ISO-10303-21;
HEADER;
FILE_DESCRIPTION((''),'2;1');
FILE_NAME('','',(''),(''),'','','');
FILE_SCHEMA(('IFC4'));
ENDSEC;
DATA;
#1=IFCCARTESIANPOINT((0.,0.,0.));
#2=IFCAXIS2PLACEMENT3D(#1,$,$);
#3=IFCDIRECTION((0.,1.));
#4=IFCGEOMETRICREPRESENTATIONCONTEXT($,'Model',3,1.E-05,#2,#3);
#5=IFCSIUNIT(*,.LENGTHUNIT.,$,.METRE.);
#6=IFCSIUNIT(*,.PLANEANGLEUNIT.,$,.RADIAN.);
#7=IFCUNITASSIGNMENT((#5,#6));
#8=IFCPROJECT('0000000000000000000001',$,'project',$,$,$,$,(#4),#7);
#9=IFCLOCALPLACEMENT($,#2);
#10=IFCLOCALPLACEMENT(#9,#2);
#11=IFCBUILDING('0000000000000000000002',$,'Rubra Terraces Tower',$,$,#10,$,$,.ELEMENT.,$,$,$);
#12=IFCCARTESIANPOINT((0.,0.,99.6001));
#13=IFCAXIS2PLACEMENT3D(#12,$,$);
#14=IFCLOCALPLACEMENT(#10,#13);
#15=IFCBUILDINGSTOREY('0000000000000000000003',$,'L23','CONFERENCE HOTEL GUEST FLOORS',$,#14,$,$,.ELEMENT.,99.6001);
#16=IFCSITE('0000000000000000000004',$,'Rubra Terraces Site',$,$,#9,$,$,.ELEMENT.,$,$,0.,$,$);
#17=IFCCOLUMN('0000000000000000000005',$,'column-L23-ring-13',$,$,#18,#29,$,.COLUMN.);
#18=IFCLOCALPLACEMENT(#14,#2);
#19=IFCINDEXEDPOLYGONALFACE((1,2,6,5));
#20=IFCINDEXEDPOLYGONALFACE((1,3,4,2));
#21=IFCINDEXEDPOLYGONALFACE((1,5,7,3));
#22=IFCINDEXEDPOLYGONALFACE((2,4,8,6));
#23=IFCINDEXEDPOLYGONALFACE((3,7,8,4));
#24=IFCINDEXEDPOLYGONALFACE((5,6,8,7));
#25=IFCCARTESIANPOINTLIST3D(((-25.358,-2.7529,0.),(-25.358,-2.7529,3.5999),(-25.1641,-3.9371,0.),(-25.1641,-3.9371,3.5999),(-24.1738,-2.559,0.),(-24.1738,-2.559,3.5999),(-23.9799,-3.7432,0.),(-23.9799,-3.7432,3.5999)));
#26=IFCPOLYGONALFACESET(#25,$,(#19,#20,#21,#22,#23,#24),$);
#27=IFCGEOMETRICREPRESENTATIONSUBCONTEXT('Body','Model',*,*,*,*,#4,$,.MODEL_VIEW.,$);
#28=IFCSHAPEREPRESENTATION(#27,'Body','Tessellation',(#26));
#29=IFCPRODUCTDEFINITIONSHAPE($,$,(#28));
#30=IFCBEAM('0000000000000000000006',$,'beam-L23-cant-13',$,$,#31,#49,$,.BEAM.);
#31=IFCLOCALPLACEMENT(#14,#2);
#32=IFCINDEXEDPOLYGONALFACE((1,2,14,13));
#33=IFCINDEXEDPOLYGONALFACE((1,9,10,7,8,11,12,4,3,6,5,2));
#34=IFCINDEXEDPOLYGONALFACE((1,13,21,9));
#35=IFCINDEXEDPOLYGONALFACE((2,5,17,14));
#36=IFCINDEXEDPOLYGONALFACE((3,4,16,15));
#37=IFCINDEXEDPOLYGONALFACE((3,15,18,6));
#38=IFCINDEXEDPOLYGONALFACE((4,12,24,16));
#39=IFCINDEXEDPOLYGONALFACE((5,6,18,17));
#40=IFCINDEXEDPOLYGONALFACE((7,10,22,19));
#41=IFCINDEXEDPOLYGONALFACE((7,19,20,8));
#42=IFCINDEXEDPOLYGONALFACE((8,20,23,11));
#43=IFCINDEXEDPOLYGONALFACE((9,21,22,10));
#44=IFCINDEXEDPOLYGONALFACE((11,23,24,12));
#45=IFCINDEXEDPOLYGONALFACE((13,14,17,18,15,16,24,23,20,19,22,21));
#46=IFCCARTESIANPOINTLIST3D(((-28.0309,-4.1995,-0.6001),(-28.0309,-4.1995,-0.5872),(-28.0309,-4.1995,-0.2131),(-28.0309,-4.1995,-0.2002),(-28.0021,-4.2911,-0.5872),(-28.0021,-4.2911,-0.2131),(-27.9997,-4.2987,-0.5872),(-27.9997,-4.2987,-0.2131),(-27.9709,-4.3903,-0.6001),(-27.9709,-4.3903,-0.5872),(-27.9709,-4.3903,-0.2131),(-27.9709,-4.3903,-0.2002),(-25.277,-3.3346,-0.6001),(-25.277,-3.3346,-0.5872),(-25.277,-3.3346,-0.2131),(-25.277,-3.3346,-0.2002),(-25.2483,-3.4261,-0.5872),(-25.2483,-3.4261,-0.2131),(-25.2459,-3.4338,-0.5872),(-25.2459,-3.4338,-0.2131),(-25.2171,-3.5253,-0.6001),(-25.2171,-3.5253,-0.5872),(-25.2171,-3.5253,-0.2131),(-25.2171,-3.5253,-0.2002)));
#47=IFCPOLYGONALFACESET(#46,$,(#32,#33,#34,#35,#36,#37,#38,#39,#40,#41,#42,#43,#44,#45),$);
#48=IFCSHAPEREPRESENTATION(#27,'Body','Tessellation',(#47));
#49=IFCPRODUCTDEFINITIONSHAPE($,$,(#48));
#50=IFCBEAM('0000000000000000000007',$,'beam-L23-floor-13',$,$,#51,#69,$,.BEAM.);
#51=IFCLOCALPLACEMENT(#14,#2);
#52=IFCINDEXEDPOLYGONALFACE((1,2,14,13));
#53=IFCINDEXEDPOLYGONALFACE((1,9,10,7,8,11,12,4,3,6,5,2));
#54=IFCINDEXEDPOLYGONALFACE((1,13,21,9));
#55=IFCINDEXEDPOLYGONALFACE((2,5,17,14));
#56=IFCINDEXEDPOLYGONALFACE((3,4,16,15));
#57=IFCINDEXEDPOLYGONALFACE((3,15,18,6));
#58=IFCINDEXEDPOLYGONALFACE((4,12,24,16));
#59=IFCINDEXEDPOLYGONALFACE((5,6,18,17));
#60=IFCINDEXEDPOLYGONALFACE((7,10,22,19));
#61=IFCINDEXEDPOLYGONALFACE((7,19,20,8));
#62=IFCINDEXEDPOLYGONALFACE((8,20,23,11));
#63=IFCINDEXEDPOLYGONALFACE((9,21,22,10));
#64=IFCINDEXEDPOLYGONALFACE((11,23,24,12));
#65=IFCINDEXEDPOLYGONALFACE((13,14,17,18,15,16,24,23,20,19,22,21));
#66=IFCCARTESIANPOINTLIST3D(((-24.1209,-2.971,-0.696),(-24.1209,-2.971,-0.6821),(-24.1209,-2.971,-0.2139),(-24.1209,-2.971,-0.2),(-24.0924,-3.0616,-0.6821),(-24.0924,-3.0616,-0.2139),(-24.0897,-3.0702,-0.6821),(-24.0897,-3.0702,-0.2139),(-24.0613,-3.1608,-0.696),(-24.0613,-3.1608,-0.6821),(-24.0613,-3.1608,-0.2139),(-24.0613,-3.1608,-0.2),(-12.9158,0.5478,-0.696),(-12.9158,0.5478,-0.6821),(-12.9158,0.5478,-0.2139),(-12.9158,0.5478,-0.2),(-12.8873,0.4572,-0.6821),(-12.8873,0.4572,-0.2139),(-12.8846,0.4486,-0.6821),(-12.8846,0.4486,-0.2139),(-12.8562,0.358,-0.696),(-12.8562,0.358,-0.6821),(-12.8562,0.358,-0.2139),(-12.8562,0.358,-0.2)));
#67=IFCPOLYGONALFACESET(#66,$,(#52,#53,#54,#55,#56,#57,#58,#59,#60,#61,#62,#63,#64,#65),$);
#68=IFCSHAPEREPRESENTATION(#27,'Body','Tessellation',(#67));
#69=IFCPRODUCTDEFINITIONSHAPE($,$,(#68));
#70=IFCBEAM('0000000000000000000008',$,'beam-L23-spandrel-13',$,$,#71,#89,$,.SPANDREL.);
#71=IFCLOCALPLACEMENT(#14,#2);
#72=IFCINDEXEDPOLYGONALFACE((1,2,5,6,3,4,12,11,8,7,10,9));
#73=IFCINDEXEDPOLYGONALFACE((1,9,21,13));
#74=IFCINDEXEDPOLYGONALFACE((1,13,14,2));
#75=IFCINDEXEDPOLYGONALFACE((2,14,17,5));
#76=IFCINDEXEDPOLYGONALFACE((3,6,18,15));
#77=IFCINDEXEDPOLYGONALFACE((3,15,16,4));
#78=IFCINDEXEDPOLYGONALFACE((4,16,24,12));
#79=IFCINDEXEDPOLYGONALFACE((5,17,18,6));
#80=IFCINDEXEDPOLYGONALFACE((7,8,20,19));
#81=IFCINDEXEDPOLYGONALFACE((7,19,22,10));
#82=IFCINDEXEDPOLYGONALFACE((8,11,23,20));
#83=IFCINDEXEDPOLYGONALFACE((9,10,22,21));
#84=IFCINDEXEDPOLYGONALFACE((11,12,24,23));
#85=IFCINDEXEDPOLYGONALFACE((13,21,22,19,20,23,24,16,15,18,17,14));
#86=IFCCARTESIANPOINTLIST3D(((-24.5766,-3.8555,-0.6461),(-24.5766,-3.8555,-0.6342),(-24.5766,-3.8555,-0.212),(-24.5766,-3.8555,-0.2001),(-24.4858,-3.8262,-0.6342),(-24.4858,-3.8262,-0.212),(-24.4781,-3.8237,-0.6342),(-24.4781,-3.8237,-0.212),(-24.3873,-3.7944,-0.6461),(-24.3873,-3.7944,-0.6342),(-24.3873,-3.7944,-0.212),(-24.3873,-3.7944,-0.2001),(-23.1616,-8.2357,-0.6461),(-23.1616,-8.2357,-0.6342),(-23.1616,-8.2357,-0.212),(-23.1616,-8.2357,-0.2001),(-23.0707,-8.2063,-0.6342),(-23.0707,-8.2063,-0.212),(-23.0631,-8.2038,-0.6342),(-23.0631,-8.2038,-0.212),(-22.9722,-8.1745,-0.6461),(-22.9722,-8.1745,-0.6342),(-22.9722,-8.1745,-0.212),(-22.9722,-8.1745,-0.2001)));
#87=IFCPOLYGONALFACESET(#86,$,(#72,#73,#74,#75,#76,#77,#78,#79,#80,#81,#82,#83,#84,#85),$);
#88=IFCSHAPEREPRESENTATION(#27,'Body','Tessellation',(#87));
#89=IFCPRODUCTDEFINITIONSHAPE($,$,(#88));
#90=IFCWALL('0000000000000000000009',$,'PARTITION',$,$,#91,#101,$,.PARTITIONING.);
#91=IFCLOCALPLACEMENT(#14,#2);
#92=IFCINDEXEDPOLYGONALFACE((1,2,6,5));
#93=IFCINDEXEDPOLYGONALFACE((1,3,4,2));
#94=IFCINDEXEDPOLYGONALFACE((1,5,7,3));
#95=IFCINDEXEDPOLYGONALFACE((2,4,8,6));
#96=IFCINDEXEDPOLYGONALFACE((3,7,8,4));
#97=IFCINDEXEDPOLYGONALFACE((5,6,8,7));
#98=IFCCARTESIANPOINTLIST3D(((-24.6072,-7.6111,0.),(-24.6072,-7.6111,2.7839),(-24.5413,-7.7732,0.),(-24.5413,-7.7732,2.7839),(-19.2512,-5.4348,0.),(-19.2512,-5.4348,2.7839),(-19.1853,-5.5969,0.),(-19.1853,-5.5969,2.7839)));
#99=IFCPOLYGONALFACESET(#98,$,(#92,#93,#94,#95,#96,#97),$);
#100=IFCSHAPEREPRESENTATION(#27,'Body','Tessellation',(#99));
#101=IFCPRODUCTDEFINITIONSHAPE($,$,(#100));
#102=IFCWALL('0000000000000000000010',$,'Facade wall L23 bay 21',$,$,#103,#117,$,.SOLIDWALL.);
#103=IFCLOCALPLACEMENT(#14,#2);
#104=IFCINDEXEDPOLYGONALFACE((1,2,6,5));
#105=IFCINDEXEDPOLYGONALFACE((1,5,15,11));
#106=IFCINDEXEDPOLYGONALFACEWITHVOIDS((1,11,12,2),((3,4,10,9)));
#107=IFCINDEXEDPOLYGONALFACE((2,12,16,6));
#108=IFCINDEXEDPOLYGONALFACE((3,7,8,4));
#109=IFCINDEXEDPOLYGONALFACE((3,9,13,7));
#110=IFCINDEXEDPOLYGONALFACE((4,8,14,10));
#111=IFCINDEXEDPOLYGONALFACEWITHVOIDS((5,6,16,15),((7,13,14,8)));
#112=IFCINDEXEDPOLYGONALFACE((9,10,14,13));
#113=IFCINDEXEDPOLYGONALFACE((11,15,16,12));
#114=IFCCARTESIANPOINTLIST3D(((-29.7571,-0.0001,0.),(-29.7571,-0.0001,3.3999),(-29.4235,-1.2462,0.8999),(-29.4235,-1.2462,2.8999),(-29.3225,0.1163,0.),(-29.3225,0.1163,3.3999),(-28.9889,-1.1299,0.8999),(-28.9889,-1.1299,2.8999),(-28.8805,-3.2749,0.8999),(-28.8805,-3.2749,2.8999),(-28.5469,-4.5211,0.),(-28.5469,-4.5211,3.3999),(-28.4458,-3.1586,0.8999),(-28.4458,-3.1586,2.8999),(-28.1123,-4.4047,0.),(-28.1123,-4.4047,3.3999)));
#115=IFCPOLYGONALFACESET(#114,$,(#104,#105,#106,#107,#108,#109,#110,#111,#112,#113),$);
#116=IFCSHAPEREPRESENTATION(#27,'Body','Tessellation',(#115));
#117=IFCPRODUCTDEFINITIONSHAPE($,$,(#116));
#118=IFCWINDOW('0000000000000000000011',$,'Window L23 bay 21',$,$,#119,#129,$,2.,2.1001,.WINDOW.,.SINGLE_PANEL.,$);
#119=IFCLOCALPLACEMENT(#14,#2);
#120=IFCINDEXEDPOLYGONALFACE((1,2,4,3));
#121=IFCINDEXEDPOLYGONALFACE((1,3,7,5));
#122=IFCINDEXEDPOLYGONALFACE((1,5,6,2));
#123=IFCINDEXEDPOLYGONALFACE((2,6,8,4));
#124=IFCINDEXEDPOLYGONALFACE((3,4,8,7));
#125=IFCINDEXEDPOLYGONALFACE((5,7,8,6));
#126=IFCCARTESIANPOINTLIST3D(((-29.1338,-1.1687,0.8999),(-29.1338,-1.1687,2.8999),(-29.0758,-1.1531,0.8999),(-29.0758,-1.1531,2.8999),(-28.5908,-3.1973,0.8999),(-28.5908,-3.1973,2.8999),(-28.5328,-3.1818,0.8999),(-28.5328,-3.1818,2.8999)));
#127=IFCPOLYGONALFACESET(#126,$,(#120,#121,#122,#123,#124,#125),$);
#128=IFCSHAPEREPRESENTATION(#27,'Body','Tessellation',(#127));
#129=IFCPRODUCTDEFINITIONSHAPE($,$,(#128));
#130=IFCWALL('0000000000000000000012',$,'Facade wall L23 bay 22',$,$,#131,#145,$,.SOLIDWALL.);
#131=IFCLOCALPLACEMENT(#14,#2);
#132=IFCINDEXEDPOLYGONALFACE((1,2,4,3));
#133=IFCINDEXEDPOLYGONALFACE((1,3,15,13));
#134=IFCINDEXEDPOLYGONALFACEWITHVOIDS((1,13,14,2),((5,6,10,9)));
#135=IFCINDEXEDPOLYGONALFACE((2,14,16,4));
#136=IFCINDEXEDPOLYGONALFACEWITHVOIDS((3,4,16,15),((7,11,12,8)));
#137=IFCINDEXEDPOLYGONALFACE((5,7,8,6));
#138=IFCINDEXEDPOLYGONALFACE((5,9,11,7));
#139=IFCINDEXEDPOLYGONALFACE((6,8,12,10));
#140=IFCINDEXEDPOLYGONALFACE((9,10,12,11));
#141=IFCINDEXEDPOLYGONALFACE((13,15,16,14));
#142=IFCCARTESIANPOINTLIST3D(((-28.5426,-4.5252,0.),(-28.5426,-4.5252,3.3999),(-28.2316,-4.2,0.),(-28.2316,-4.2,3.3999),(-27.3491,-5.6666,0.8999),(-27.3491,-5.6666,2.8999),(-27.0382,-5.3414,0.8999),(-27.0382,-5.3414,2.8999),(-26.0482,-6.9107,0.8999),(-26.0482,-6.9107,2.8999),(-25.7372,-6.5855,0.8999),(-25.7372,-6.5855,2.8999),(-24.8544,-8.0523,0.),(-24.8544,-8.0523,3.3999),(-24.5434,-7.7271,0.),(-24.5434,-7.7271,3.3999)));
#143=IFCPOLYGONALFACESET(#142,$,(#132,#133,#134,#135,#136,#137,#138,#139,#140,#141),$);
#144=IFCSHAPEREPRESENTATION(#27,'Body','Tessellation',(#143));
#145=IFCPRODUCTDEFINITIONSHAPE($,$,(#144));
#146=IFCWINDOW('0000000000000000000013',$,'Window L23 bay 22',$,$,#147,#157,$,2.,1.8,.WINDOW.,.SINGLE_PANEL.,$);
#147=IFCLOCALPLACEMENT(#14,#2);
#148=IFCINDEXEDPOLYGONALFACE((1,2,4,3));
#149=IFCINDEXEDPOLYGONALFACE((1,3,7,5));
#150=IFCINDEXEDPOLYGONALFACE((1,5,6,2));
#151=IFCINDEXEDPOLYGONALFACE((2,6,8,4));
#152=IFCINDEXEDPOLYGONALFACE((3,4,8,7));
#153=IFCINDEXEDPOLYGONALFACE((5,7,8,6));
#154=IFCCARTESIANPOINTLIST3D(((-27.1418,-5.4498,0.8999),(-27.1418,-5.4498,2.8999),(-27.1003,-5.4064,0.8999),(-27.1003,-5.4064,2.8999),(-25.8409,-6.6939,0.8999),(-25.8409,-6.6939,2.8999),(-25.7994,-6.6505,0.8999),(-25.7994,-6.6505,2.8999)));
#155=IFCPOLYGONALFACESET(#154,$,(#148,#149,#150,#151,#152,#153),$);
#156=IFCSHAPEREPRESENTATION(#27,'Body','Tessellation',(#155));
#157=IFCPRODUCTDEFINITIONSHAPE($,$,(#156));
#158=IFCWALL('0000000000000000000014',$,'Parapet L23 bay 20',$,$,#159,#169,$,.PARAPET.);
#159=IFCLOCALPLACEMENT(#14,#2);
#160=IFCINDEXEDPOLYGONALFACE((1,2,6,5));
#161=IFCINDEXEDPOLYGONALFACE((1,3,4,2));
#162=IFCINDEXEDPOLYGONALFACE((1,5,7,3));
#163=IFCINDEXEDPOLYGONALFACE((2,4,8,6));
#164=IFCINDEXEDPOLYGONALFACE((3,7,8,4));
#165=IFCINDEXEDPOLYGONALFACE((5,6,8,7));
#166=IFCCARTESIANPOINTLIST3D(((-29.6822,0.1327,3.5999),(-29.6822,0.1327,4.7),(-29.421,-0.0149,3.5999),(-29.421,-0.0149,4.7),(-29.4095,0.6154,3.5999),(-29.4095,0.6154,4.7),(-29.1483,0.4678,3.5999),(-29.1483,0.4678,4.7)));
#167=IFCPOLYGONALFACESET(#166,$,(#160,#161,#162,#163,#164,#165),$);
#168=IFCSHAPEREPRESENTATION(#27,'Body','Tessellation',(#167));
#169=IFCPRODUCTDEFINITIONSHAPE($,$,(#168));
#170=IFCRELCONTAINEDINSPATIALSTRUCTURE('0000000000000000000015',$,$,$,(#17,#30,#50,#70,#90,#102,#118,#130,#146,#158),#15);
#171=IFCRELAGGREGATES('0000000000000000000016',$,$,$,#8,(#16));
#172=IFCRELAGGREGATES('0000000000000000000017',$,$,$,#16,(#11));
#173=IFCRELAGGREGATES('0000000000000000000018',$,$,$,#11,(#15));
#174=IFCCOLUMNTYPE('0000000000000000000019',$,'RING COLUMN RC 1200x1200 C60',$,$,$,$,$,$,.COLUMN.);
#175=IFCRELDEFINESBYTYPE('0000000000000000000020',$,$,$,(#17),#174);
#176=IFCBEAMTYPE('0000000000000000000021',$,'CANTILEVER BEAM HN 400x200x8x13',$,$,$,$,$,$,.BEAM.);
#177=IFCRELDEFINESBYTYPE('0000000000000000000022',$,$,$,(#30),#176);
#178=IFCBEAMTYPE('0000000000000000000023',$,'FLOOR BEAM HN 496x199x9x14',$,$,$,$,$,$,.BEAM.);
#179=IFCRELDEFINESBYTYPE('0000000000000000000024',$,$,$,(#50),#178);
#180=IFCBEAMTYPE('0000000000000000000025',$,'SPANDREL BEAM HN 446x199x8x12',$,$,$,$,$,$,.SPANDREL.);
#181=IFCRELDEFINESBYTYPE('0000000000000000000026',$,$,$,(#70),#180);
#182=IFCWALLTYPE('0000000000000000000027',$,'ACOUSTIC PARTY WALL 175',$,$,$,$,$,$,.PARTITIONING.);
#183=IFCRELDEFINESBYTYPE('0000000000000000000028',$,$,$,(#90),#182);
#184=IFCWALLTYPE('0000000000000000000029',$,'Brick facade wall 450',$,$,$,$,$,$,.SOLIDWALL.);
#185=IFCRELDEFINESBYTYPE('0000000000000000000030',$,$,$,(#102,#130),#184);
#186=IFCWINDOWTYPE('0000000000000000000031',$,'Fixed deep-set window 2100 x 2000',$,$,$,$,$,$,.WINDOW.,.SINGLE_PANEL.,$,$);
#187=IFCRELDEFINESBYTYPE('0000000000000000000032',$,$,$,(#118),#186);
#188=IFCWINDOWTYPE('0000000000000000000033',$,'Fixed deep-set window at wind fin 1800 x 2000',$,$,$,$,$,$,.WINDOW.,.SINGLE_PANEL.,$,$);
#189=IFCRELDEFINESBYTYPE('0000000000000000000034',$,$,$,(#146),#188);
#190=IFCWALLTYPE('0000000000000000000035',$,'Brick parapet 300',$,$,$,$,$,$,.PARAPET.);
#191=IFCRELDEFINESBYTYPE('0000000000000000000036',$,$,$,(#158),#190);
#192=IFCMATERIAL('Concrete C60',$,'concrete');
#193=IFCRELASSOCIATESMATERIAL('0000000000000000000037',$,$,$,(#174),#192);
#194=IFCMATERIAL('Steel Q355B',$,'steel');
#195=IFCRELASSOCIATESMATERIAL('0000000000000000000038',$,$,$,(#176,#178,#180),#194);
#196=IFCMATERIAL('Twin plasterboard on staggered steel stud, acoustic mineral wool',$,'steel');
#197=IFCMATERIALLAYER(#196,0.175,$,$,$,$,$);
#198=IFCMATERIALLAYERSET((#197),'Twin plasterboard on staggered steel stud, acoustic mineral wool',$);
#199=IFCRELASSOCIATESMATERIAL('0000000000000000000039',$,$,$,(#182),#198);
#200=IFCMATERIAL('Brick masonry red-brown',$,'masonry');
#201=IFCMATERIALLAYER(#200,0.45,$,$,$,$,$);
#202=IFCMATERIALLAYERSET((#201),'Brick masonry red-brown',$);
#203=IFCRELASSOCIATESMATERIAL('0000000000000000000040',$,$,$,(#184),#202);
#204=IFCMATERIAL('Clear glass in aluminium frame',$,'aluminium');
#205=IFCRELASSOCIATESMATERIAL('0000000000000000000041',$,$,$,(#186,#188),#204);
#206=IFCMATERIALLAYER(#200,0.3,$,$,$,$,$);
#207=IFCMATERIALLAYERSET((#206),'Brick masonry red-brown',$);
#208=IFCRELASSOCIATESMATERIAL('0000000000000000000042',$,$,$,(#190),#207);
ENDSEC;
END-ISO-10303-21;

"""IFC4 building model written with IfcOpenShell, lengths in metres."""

from ifc_helpers import new_model, si_unit, direction, frame, frame_2d, origin, origin_2d, place, context, subcontext, project, spatial, rectangle, i_section, extrude, material, layer, layer_set, material_profile, profile_set, type_object, element, fill, save


model = new_model("IFC4")

# Units and contexts
model_context = context("Model", 3, precision=1e-05, world=origin(), true_north=direction((0.0, 1.0)))
body_context = subcontext(model_context, "Body", "Model", "MODEL_VIEW")
ifc_project = project(units=[si_unit("LENGTHUNIT", "METRE"), si_unit("PLANEANGLEUNIT", "RADIAN")], contexts=[model_context])

# Site, building, storey
site_placement = place(None, origin())
site = spatial("IfcSite", under=ifc_project, at=site_placement, Name="Rubra Terraces Site", CompositionType="ELEMENT", RefElevation=0.0)
building_placement = place(site_placement, origin())
building = spatial("IfcBuilding", under=site, at=building_placement, Name="Rubra Terraces Tower", CompositionType="ELEMENT")
storey_placement = place(building_placement, frame((0.0, 0.0, 99.6001)))
storey = spatial("IfcBuildingStorey", under=building, at=storey_placement, Name="L23", Description="CONFERENCE HOTEL GUEST FLOORS", CompositionType="ELEMENT", Elevation=99.6001)

# Column
ifc_material_1 = material(Name="Concrete C60", Category="concrete")
ifc_material_profile_1 = material_profile(ifc_material_1, rectangle(XDim=1.2, YDim=1.2, at=origin_2d()), Name="RC 1200x1200")
ifc_profile_set_1 = profile_set([ifc_material_profile_1], Name="Concrete C60")
column_type = type_object("IfcColumnType", Name="RING COLUMN RC 1200x1200 C60", PredefinedType="COLUMN", material=ifc_profile_set_1)
column_placement = place(storey_placement, frame((-24.6689, -3.248, 0.0), z_axis=(0.0, 0.0, 1.0), x_axis=(0.161559, -0.986863, 0.0)))
element("IfcColumn", 1, at=column_placement, inside=storey, type_object=column_type, Name="column-L23-ring-13", PredefinedType="COLUMN", context=body_context, shape_type="SweptSolid", body=[
    extrude(rectangle(XDim=1.2, YDim=1.2, at=origin_2d()), origin(), (0.0, 0.0, 1.0), 3.5999),
])

# Beams
ifc_material_2 = material(Name="Steel Q355B", Category="steel")
ifc_material_profile_2 = material_profile(ifc_material_2, i_section(OverallWidth=0.2, OverallDepth=0.3999, WebThickness=0.0081, FlangeThickness=0.0129, at=origin_2d()), Name="HN 400x200x8x13")
ifc_profile_set_2 = profile_set([ifc_material_profile_2], Name="Steel Q355B")
beam_type_1 = type_object("IfcBeamType", Name="CANTILEVER BEAM HN 400x200x8x13", PredefinedType="BEAM", material=ifc_profile_set_2)
beam_1_placement = place(storey_placement, frame((-25.2471, -3.4299, -0.4001), z_axis=(-0.954046, -0.299662, 0.0), x_axis=(0.299662, -0.954046, 0.0)))
element("IfcBeam", 2, at=beam_1_placement, inside=storey, type_object=beam_type_1, Name="beam-L23-cant-13", PredefinedType="BEAM", context=body_context, shape_type="SweptSolid", body=[
    extrude(i_section(OverallWidth=0.2, OverallDepth=0.3999, WebThickness=0.0081, FlangeThickness=0.0129, at=origin_2d()), origin(), (0.0, 0.0, 1.0), 2.8865),
])
ifc_material_profile_3 = material_profile(ifc_material_2, i_section(OverallWidth=0.199, OverallDepth=0.4961, WebThickness=0.009, FlangeThickness=0.0139, at=origin_2d()), Name="HN 496x199x9x14")
ifc_profile_set_3 = profile_set([ifc_material_profile_3], Name="Steel Q355B")
beam_type_2 = type_object("IfcBeamType", Name="FLOOR BEAM HN 496x199x9x14", PredefinedType="BEAM", material=ifc_profile_set_3)
beam_2_placement = place(storey_placement, frame((-24.0911, -3.0659, -0.448), z_axis=(0.954062, 0.29961, 0.0), x_axis=(-0.29961, 0.954062, 0.0)))
element("IfcBeam", 3, at=beam_2_placement, inside=storey, type_object=beam_type_2, Name="beam-L23-floor-13", PredefinedType="BEAM", context=body_context, shape_type="SweptSolid", body=[
    extrude(i_section(OverallWidth=0.199, OverallDepth=0.4961, WebThickness=0.009, FlangeThickness=0.0139, at=origin_2d()), origin(), (0.0, 0.0, 1.0), 11.7446),
])
ifc_material_profile_4 = material_profile(ifc_material_2, i_section(OverallWidth=0.199, OverallDepth=0.446, WebThickness=0.0081, FlangeThickness=0.012, at=origin_2d()), Name="HN 446x199x8x12")
ifc_profile_set_4 = profile_set([ifc_material_profile_4], Name="Steel Q355B")
beam_type_3 = type_object("IfcBeamType", Name="SPANDREL BEAM HN 446x199x8x12", PredefinedType="SPANDREL", material=ifc_profile_set_4)
beam_3_placement = place(storey_placement, frame((-24.4819, -3.825, -0.4231), z_axis=(0.307415, -0.951576, 0.0), x_axis=(0.951576, 0.307415, 0.0)))
element("IfcBeam", 4, at=beam_3_placement, inside=storey, type_object=beam_type_3, Name="beam-L23-spandrel-13", PredefinedType="SPANDREL", context=body_context, shape_type="SweptSolid", body=[
    extrude(i_section(OverallWidth=0.199, OverallDepth=0.446, WebThickness=0.0081, FlangeThickness=0.012, at=origin_2d()), origin(), (0.0, 0.0, 1.0), 4.603),
])

# Wall
ifc_material_3 = material(Name="Twin plasterboard on staggered steel stud, acoustic mineral wool", Category="steel")
ifc_layer_1 = layer(ifc_material_3, 0.175)
ifc_layer_set_1 = layer_set([ifc_layer_1], Name="Twin plasterboard on staggered steel stud, acoustic mineral wool")
wall_type_1 = type_object("IfcWallType", Name="ACOUSTIC PARTY WALL 175", PredefinedType="PARTITIONING", material=ifc_layer_set_1)
wall_1_placement = place(storey_placement, frame((-24.5742, -7.6921, 0.0), z_axis=(0.0, 0.0, 1.0), x_axis=(0.926442, 0.376438, 0.0)))
element("IfcWall", 5, at=wall_1_placement, inside=storey, type_object=wall_type_1, Name="PARTITION", PredefinedType="PARTITIONING", context=body_context, shape_type="SweptSolid", body=[
    extrude(rectangle(XDim=5.7812, YDim=0.175, at=frame_2d((2.8906, 0.0))), origin(), (0.0, 0.0, 1.0), 2.7839),
])

# Walls, openings, windows
ifc_material_4 = material(Name="Brick masonry red-brown", Category="masonry")
ifc_layer_2 = layer(ifc_material_4, 0.45)
ifc_layer_set_2 = layer_set([ifc_layer_2], Name="Brick masonry red-brown")
wall_type_2 = type_object("IfcWallType", Name="Brick facade wall 450", PredefinedType="SOLIDWALL", material=ifc_layer_set_2)
wall_2_placement = place(storey_placement, frame((-29.5398, 0.0581, 0.0), z_axis=(0.0, 0.0, 1.0), x_axis=(0.258581, -0.965989, 0.0)))
wall_2 = element("IfcWall", 6, at=wall_2_placement, inside=storey, type_object=wall_type_2, Name="Facade wall L23 bay 21", PredefinedType="SOLIDWALL", context=body_context, shape_type="SweptSolid", body=[
    extrude(rectangle(XDim=4.6802, YDim=0.45, at=frame_2d((2.3401, 0.0))), origin(), (0.0, 0.0, 1.0), 3.3999),
])
opening_1_placement = place(wall_2_placement, frame((1.29, 0.0, 0.8999)))
opening_1 = element("IfcOpeningElement", 7, at=opening_1_placement, cuts=wall_2, PredefinedType="OPENING", context=body_context, shape_type="SweptSolid", body=[
    extrude(rectangle(XDim=2.1001, YDim=2.0, at=frame_2d((1.05, 1.0))), frame((0.0, 0.2349, 0.0), z_axis=(0.0, -1.0, 0.0), x_axis=(1.0, 0.0, 0.0)), (0.0, 0.0, 1.0), 0.47),
])
ifc_material_5 = material(Name="Clear glass in aluminium frame", Category="aluminium")
window_type_1 = type_object("IfcWindowType", Name="Fixed deep-set window 2100 x 2000", PartitioningType="SINGLE_PANEL", PredefinedType="WINDOW", material=ifc_material_5)
window_1_placement = place(opening_1_placement, origin())
window_1 = element("IfcWindow", 8, at=window_1_placement, inside=storey, type_object=window_type_1, Name="Window L23 bay 21", OverallHeight=2.0, OverallWidth=2.1001, PartitioningType="SINGLE_PANEL", PredefinedType="WINDOW", context=body_context, shape_type="SweptSolid", body=[
    extrude(rectangle(XDim=2.1001, YDim=2.0, at=frame_2d((1.05, 1.0))), frame((0.0, 0.135, 0.0), z_axis=(0.0, -1.0, 0.0), x_axis=(1.0, 0.0, 0.0)), (0.0, 0.0, 1.0), 0.0601),
])
fill(opening_1, window_1)
wall_3_placement = place(storey_placement, frame((-28.3872, -4.3625, 0.0), z_axis=(0.0, 0.0, 1.0), x_axis=(0.722718, -0.691143, 0.0)))
wall_3 = element("IfcWall", 9, at=wall_3_placement, inside=storey, type_object=wall_type_2, Name="Facade wall L23 bay 22", PredefinedType="SOLIDWALL", context=body_context, shape_type="SweptSolid", body=[
    extrude(rectangle(XDim=5.1033, YDim=0.45, at=frame_2d((2.5518, 0.0))), origin(), (0.0, 0.0, 1.0), 3.3999),
])
opening_2_placement = place(wall_3_placement, frame((1.6516, 0.0, 0.8999)))
opening_2 = element("IfcOpeningElement", 10, at=opening_2_placement, cuts=wall_3, PredefinedType="OPENING", context=body_context, shape_type="SweptSolid", body=[
    extrude(rectangle(XDim=1.8, YDim=2.0, at=frame_2d((0.8999, 1.0))), frame((0.0, 0.2349, 0.0), z_axis=(0.0, -1.0, 0.0), x_axis=(1.0, 0.0, 0.0)), (0.0, 0.0, 1.0), 0.47),
])
window_type_2 = type_object("IfcWindowType", Name="Fixed deep-set window at wind fin 1800 x 2000", PartitioningType="SINGLE_PANEL", PredefinedType="WINDOW", material=ifc_material_5)
window_2_placement = place(opening_2_placement, origin())
window_2 = element("IfcWindow", 11, at=window_2_placement, inside=storey, type_object=window_type_2, Name="Window L23 bay 22", OverallHeight=2.0, OverallWidth=1.8, PartitioningType="SINGLE_PANEL", PredefinedType="WINDOW", context=body_context, shape_type="SweptSolid", body=[
    extrude(rectangle(XDim=1.8, YDim=2.0, at=frame_2d((0.8999, 1.0))), frame((0.0, 0.135, 0.0), z_axis=(0.0, -1.0, 0.0), x_axis=(1.0, 0.0, 0.0)), (0.0, 0.0, 1.0), 0.0601),
])
fill(opening_2, window_2)

# Wall
ifc_layer_3 = layer(ifc_material_4, 0.3)
ifc_layer_set_3 = layer_set([ifc_layer_3], Name="Brick masonry red-brown")
wall_type_3 = type_object("IfcWallType", Name="Brick parapet 300", PredefinedType="PARAPET", material=ifc_layer_set_3)
wall_4_placement = place(storey_placement, frame((-29.2788, 0.5417, 3.5999), z_axis=(0.0, 0.0, 1.0), x_axis=(-0.491912, -0.870645, 0.0)))
element("IfcWall", 12, at=wall_4_placement, inside=storey, type_object=wall_type_3, Name="Parapet L23 bay 20", PredefinedType="PARAPET", context=body_context, shape_type="SweptSolid", body=[
    extrude(rectangle(XDim=0.5544, YDim=0.3, at=frame_2d((0.2773, 0.0))), origin(), (0.0, 0.0, 1.0), 1.1001),
])

save(model, "model.ifc")
